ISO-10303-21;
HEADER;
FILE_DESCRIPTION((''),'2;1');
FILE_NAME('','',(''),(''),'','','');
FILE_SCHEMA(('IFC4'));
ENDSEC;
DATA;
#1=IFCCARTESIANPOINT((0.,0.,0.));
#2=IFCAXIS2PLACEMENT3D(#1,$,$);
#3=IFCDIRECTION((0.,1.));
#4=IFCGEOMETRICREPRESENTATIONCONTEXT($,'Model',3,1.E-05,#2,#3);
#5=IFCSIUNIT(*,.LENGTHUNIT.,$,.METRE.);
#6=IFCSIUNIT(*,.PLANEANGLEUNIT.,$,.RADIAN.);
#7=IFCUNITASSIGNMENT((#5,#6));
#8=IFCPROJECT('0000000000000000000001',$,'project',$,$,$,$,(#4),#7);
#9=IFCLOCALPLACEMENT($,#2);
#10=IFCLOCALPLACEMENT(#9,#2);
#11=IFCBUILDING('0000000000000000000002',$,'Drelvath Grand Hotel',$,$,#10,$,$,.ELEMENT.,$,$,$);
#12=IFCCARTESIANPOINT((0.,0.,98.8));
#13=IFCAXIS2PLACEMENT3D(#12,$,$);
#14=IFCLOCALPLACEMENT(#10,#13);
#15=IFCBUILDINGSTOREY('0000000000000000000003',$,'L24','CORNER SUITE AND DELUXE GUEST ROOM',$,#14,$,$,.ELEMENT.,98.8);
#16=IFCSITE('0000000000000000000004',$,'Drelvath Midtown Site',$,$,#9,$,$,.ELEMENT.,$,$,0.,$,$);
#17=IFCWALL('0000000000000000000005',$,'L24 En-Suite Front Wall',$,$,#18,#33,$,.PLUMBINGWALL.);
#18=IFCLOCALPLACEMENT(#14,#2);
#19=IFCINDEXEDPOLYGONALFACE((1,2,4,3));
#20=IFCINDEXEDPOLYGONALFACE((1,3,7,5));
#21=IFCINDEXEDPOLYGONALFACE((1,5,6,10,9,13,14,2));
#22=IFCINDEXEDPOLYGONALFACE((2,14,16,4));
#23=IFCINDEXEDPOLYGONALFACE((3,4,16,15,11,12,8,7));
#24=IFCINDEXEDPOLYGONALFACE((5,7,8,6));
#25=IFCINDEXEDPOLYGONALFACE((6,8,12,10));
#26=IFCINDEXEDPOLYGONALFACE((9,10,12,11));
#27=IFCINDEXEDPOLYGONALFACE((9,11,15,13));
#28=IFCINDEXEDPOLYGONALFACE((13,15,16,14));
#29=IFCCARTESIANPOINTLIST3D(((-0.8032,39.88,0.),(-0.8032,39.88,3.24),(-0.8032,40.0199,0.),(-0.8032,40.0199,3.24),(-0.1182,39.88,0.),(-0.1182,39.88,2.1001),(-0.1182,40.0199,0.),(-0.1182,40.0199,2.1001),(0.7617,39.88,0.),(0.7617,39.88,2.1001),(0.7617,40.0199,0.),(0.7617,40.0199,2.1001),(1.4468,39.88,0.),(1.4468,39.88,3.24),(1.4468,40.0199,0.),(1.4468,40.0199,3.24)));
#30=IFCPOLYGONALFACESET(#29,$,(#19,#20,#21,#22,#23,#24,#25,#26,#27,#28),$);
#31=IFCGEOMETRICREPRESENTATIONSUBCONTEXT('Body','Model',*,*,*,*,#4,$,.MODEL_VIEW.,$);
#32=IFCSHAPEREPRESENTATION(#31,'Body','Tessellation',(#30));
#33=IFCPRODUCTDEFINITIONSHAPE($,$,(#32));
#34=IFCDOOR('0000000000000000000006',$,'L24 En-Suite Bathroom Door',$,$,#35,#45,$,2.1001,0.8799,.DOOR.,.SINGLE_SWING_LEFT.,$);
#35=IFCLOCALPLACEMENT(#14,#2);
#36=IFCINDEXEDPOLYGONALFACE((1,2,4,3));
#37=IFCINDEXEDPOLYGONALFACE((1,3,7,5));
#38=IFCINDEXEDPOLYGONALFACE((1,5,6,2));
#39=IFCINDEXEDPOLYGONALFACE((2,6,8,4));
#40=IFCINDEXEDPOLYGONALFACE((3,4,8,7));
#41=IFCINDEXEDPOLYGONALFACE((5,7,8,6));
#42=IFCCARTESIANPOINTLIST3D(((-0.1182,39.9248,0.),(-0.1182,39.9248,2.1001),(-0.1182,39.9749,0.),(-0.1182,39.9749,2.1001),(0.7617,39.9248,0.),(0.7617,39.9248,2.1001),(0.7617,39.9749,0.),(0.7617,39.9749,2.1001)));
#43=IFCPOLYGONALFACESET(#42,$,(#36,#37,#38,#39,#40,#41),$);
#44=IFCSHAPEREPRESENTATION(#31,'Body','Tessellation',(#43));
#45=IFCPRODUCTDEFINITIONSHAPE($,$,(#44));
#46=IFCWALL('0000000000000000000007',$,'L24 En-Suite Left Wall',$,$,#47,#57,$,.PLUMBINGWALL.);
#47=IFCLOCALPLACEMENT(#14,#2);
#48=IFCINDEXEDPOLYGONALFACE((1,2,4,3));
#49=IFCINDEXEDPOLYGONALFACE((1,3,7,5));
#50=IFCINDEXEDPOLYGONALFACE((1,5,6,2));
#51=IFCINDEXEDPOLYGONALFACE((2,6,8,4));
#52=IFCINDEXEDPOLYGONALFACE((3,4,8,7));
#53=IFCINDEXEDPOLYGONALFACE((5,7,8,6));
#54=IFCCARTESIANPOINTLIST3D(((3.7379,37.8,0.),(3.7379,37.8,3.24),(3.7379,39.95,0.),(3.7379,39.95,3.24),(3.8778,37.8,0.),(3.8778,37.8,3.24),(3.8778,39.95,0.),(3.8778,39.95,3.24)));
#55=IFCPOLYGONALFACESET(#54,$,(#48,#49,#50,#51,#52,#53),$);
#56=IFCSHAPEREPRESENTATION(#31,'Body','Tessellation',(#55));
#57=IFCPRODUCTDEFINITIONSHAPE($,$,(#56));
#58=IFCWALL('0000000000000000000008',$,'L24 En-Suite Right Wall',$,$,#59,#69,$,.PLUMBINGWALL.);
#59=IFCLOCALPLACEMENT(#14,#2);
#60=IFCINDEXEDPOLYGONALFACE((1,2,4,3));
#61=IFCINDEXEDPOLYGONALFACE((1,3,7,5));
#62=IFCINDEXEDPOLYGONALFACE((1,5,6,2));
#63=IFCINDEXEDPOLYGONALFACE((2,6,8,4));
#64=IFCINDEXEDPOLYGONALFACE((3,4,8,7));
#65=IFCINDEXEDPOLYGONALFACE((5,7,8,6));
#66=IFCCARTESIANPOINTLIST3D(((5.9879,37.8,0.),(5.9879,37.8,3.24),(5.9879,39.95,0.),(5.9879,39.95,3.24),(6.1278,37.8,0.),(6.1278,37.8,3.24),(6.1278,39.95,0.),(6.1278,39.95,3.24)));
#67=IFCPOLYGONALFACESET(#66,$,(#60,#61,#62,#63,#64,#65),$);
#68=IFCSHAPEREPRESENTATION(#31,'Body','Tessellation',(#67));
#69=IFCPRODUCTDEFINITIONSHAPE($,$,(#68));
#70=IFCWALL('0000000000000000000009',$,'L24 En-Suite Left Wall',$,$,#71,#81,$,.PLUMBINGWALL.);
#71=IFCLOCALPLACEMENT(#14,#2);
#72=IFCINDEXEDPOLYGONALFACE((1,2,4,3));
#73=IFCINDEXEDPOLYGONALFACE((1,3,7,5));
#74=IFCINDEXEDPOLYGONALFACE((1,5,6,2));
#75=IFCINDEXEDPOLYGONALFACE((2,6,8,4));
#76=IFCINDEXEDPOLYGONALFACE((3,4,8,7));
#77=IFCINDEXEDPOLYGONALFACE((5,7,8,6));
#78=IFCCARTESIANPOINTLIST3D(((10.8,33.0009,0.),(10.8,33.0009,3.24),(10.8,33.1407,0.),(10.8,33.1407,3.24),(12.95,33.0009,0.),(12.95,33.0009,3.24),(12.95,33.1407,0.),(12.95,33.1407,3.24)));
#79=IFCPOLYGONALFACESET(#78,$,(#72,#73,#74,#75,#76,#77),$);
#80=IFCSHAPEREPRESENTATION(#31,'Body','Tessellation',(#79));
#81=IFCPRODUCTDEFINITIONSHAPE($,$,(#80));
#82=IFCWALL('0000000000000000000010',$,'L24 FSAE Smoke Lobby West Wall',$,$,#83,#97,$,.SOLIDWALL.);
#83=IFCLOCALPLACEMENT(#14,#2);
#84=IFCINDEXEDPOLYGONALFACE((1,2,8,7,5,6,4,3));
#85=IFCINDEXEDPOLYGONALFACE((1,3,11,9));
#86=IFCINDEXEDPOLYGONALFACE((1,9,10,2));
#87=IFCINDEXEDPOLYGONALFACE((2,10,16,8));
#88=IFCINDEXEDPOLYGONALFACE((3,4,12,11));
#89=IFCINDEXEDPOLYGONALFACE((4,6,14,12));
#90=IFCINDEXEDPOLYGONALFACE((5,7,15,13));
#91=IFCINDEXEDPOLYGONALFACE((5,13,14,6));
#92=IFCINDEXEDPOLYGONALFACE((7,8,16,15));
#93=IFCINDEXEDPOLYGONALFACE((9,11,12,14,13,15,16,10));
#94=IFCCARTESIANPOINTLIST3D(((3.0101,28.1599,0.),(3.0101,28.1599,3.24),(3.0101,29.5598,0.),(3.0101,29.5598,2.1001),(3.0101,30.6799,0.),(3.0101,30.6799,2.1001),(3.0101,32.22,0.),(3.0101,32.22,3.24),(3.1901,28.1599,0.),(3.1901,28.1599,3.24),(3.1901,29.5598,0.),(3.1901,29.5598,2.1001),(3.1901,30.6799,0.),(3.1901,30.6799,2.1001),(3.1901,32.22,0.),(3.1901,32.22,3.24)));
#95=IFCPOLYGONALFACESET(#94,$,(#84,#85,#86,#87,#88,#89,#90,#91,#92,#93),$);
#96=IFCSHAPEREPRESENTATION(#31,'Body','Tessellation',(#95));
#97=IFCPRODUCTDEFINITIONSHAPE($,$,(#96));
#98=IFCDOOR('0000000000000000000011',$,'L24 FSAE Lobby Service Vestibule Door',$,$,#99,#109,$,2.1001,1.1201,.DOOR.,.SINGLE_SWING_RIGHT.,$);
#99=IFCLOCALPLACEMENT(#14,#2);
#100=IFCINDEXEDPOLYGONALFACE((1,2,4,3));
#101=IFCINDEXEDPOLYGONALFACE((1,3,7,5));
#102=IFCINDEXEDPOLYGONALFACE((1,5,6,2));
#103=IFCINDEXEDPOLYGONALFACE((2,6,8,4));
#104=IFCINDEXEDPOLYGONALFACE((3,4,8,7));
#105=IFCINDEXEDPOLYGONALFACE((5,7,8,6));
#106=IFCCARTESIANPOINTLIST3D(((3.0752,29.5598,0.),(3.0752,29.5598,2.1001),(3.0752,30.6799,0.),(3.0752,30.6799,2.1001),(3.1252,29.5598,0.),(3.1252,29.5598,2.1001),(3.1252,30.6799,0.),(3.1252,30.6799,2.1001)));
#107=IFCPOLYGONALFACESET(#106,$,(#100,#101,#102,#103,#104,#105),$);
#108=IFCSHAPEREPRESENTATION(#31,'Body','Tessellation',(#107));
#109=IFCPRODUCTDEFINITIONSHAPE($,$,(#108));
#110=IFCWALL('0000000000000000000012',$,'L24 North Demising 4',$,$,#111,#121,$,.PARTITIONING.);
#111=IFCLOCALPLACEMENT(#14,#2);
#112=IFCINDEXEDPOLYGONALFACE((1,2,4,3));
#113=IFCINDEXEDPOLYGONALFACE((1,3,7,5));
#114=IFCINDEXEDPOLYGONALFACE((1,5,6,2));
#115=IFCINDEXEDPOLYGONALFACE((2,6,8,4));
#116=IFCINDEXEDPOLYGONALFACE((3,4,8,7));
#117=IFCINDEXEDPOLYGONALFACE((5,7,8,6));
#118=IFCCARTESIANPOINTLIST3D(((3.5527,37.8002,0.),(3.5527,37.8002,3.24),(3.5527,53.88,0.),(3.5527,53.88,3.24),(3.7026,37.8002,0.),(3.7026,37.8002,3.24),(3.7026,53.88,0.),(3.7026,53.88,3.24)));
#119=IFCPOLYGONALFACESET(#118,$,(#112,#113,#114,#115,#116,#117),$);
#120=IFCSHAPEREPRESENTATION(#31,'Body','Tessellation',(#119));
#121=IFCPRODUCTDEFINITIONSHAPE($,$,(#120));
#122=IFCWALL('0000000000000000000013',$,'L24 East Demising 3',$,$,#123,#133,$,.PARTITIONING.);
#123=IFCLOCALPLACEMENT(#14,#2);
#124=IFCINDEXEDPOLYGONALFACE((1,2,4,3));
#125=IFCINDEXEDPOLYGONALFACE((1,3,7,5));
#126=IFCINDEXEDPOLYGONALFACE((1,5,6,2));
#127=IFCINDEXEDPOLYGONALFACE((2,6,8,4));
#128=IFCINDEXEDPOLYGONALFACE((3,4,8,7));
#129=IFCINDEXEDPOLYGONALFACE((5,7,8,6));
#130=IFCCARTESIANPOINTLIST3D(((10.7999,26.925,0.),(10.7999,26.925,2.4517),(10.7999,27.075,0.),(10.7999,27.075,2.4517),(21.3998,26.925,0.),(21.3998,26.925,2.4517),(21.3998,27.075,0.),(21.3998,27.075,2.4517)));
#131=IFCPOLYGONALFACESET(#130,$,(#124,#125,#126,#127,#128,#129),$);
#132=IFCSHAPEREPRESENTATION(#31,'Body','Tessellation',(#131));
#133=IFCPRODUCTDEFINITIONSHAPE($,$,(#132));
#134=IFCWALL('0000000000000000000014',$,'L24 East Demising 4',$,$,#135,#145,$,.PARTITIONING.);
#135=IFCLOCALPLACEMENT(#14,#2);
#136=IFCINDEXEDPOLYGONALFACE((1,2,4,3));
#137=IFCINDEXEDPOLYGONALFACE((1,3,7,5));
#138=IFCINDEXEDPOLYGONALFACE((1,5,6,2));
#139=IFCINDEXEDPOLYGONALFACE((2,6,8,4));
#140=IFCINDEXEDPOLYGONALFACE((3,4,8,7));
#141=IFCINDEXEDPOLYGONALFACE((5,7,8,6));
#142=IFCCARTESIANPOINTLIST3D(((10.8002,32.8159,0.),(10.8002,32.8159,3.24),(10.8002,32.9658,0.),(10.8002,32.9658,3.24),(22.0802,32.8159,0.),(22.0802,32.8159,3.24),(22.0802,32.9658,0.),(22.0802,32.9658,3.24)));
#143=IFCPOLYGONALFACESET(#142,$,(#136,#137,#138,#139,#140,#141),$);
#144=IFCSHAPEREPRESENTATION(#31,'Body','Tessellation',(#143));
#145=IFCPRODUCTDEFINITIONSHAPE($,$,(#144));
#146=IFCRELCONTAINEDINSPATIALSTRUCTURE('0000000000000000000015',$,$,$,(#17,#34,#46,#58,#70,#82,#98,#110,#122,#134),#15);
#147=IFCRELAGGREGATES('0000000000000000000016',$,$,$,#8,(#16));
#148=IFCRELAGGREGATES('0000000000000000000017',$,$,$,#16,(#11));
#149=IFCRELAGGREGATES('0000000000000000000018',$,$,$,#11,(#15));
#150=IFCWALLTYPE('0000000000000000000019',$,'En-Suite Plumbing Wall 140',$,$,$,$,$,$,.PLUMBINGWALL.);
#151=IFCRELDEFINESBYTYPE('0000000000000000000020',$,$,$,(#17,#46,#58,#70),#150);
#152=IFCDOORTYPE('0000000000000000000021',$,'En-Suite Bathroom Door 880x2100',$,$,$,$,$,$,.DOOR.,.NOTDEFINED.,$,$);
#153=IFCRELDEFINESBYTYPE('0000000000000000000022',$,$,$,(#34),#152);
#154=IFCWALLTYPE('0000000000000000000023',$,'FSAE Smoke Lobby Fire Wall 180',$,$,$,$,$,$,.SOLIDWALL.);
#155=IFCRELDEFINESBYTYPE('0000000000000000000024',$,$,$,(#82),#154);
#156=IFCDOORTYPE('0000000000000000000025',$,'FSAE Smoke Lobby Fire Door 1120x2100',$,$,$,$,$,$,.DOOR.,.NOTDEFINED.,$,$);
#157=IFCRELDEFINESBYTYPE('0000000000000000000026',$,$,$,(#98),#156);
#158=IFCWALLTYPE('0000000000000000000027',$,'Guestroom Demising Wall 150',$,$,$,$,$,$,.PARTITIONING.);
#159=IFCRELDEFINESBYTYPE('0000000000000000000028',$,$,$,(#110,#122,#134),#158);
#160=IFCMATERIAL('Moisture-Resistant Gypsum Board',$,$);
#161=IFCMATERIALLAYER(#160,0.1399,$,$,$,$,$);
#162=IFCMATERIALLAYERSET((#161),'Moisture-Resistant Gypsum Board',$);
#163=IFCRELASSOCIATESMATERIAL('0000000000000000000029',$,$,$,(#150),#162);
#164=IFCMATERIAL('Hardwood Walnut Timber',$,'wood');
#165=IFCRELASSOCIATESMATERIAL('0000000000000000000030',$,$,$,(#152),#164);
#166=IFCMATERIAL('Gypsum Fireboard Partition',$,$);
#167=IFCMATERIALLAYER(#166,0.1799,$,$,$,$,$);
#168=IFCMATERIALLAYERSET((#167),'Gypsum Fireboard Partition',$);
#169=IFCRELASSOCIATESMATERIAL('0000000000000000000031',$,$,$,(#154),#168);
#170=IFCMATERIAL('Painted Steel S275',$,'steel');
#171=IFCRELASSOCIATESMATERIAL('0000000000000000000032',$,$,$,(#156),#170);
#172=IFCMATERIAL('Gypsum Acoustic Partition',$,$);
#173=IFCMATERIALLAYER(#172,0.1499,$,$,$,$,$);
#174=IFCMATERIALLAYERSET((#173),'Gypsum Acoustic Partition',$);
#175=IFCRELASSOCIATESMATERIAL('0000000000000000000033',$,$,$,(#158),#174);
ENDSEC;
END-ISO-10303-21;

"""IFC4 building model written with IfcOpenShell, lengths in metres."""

from ifc_helpers import new_model, si_unit, direction, frame, frame_2d, origin, place, context, subcontext, project, spatial, rectangle, extrude, material, layer, layer_set, type_object, element, fill, save


model = new_model("IFC4")

# Units and contexts
model_context = context("Model", 3, precision=1e-05, world=origin(), true_north=direction((0.0, 1.0)))
body_context = subcontext(model_context, "Body", "Model", "MODEL_VIEW")
ifc_project = project(units=[si_unit("LENGTHUNIT", "METRE"), si_unit("PLANEANGLEUNIT", "RADIAN")], contexts=[model_context])

# Site, building, storey
site_placement = place(None, origin())
site = spatial("IfcSite", under=ifc_project, at=site_placement, Name="Drelvath Midtown Site", CompositionType="ELEMENT", RefElevation=0.0)
building_placement = place(site_placement, origin())
building = spatial("IfcBuilding", under=site, at=building_placement, Name="Drelvath Grand Hotel", CompositionType="ELEMENT")
storey_placement = place(building_placement, frame((0.0, 0.0, 98.8)))
storey = spatial("IfcBuildingStorey", under=building, at=storey_placement, Name="L24", Description="CORNER SUITE AND DELUXE GUEST ROOM", CompositionType="ELEMENT", Elevation=98.8)

# Shared definitions
ifc_material_1 = material(Name="Painted Steel S275", Category="steel")

# Shared definitions
ifc_material_2 = material(Name="Gypsum Fireboard Partition")
ifc_material_3 = material(Name="Moisture-Resistant Gypsum Board")
ifc_layer_1 = layer(ifc_material_3, 0.1399)
ifc_layer_set_1 = layer_set([ifc_layer_1], Name="Moisture-Resistant Gypsum Board")
wall_type_1 = type_object("IfcWallType", Name="En-Suite Plumbing Wall 140", PredefinedType="PLUMBINGWALL", material=ifc_layer_set_1)

# Wall, opening, door
wall_1_placement = place(storey_placement, frame((-0.8032, 39.95, 0.0), z_axis=(0.0, 0.0, 1.0), x_axis=(1.0, 0.0, 0.0)))
wall_1 = element("IfcWall", 1, at=wall_1_placement, inside=storey, type_object=wall_type_1, Name="L24 En-Suite Front Wall", PredefinedType="PLUMBINGWALL", context=body_context, shape_type="SweptSolid", body=[
    extrude(rectangle(XDim=2.25, YDim=0.1399, at=frame_2d((1.125, 0.0))), origin(), (0.0, 0.0, 1.0), 3.24),
])
opening_1_placement = place(wall_1_placement, frame((0.6851, 0.0, 0.0)))
opening_1 = element("IfcOpeningElement", 2, at=opening_1_placement, cuts=wall_1, PredefinedType="OPENING", context=body_context, shape_type="SweptSolid", body=[
    extrude(rectangle(XDim=0.8799, YDim=2.1001, at=frame_2d((0.4399, 1.05))), frame((0.0, 0.0798, 0.0), z_axis=(0.0, -1.0, 0.0), x_axis=(1.0, 0.0, 0.0)), (0.0, 0.0, 1.0), 0.1599),
])
ifc_material_4 = material(Name="Hardwood Walnut Timber", Category="wood")
door_type_1 = type_object("IfcDoorType", Name="En-Suite Bathroom Door 880x2100", OperationType="NOTDEFINED", PredefinedType="DOOR", material=ifc_material_4)
door_1_placement = place(opening_1_placement, origin())
door_1 = element("IfcDoor", 3, at=door_1_placement, inside=storey, type_object=door_type_1, Name="L24 En-Suite Bathroom Door", OperationType="SINGLE_SWING_LEFT", OverallHeight=2.1001, OverallWidth=0.8799, PredefinedType="DOOR", context=body_context, shape_type="SweptSolid", body=[
    extrude(rectangle(XDim=0.8799, YDim=2.1001, at=frame_2d((0.4399, 1.05))), frame((0.0, 0.0249, 0.0), z_axis=(0.0, -1.0, 0.0), x_axis=(1.0, 0.0, 0.0)), (0.0, 0.0, 1.0), 0.05),
])
fill(opening_1, door_1)

# Walls
for number, where, z_axis, x_axis, name in (
    (4, (3.8079, 37.8, 0.0), (0.0, 0.0, 1.0), (0.0, 1.0, 0.0), "L24 En-Suite Left Wall"),
    (5, (6.0579, 37.8, 0.0), (0.0, 0.0, 1.0), (0.0, 1.0, 0.0), "L24 En-Suite Right Wall"),
    (6, (10.8, 33.0708, 0.0), (0.0, 0.0, 1.0), (1.0, 0.0, 0.0), "L24 En-Suite Left Wall"),
):
    element("IfcWall", number, at=place(storey_placement, frame(where, z_axis=z_axis, x_axis=x_axis)), inside=storey, type_object=wall_type_1, Name=name, PredefinedType="PLUMBINGWALL", context=body_context, shape_type="SweptSolid", body=[
        extrude(rectangle(XDim=2.1499, YDim=0.1399, at=frame_2d((1.075, 0.0))), origin(), (0.0, 0.0, 1.0), 3.24),
    ])

# Wall, opening, door
ifc_layer_2 = layer(ifc_material_2, 0.1799)
ifc_layer_set_2 = layer_set([ifc_layer_2], Name="Gypsum Fireboard Partition")
wall_type_2 = type_object("IfcWallType", Name="FSAE Smoke Lobby Fire Wall 180", PredefinedType="SOLIDWALL", material=ifc_layer_set_2)
wall_2_placement = place(storey_placement, frame((3.1001, 28.1599, 0.0), z_axis=(0.0, 0.0, 1.0), x_axis=(0.0, 1.0, 0.0)))
wall_2 = element("IfcWall", 7, at=wall_2_placement, inside=storey, type_object=wall_type_2, Name="L24 FSAE Smoke Lobby West Wall", PredefinedType="SOLIDWALL", context=body_context, shape_type="SweptSolid", body=[
    extrude(rectangle(XDim=4.0601, YDim=0.1799, at=frame_2d((2.03, 0.0))), origin(), (0.0, 0.0, 1.0), 3.24),
])
opening_2_placement = place(wall_2_placement, frame((1.3999, 0.0, 0.0)))
opening_2 = element("IfcOpeningElement", 8, at=opening_2_placement, cuts=wall_2, PredefinedType="OPENING", context=body_context, shape_type="SweptSolid", body=[
    extrude(rectangle(XDim=1.1201, YDim=2.1001, at=frame_2d((0.5601, 1.05))), frame((0.0, 0.0999, 0.0), z_axis=(0.0, -1.0, 0.0), x_axis=(1.0, 0.0, 0.0)), (0.0, 0.0, 1.0), 0.2),
])
door_type_2 = type_object("IfcDoorType", Name="FSAE Smoke Lobby Fire Door 1120x2100", OperationType="NOTDEFINED", PredefinedType="DOOR", material=ifc_material_1)
door_2_placement = place(opening_2_placement, origin())
door_2 = element("IfcDoor", 9, at=door_2_placement, inside=storey, type_object=door_type_2, Name="L24 FSAE Lobby Service Vestibule Door", OperationType="SINGLE_SWING_RIGHT", OverallHeight=2.1001, OverallWidth=1.1201, PredefinedType="DOOR", context=body_context, shape_type="SweptSolid", body=[
    extrude(rectangle(XDim=1.1201, YDim=2.1001, at=frame_2d((0.5601, 1.05))), frame((0.0, 0.0249, 0.0), z_axis=(0.0, -1.0, 0.0), x_axis=(1.0, 0.0, 0.0)), (0.0, 0.0, 1.0), 0.05),
])
fill(opening_2, door_2)

# Walls
ifc_material_5 = material(Name="Gypsum Acoustic Partition")
ifc_layer_3 = layer(ifc_material_5, 0.1499)
ifc_layer_set_3 = layer_set([ifc_layer_3], Name="Gypsum Acoustic Partition")
wall_type_3 = type_object("IfcWallType", Name="Guestroom Demising Wall 150", PredefinedType="PARTITIONING", material=ifc_layer_set_3)
wall_3_placement = place(storey_placement, frame((3.6277, 37.8, 0.0), z_axis=(0.0, 0.0, 1.0), x_axis=(0.0, 1.0, 0.0)))
element("IfcWall", 10, at=wall_3_placement, inside=storey, type_object=wall_type_3, Name="L24 North Demising 4", PredefinedType="PARTITIONING", context=body_context, shape_type="SweptSolid", body=[
    extrude(rectangle(XDim=16.0798, YDim=0.1499, at=frame_2d((8.04, 0.0))), origin(), (0.0, 0.0, 1.0), 3.24),
])
wall_4_placement = place(storey_placement, frame((10.8, 27.0, 0.0), z_axis=(0.0, 0.0, 1.0), x_axis=(1.0, 0.0, 0.0)))
element("IfcWall", 11, at=wall_4_placement, inside=storey, type_object=wall_type_3, Name="L24 East Demising 3", PredefinedType="PARTITIONING", context=body_context, shape_type="SweptSolid", body=[
    extrude(rectangle(XDim=10.5999, YDim=0.1499, at=frame_2d((5.2998, 0.0))), origin(), (0.0, 0.0, 1.0), 2.4517),
])
wall_5_placement = place(storey_placement, frame((10.8, 32.8909, 0.0), z_axis=(0.0, 0.0, 1.0), x_axis=(1.0, 0.0, 0.0)))
element("IfcWall", 12, at=wall_5_placement, inside=storey, type_object=wall_type_3, Name="L24 East Demising 4", PredefinedType="PARTITIONING", context=body_context, shape_type="SweptSolid", body=[
    extrude(rectangle(XDim=11.28, YDim=0.1499, at=frame_2d((5.6401, 0.0))), origin(), (0.0, 0.0, 1.0), 3.24),
])

save(model, "model.ifc")
